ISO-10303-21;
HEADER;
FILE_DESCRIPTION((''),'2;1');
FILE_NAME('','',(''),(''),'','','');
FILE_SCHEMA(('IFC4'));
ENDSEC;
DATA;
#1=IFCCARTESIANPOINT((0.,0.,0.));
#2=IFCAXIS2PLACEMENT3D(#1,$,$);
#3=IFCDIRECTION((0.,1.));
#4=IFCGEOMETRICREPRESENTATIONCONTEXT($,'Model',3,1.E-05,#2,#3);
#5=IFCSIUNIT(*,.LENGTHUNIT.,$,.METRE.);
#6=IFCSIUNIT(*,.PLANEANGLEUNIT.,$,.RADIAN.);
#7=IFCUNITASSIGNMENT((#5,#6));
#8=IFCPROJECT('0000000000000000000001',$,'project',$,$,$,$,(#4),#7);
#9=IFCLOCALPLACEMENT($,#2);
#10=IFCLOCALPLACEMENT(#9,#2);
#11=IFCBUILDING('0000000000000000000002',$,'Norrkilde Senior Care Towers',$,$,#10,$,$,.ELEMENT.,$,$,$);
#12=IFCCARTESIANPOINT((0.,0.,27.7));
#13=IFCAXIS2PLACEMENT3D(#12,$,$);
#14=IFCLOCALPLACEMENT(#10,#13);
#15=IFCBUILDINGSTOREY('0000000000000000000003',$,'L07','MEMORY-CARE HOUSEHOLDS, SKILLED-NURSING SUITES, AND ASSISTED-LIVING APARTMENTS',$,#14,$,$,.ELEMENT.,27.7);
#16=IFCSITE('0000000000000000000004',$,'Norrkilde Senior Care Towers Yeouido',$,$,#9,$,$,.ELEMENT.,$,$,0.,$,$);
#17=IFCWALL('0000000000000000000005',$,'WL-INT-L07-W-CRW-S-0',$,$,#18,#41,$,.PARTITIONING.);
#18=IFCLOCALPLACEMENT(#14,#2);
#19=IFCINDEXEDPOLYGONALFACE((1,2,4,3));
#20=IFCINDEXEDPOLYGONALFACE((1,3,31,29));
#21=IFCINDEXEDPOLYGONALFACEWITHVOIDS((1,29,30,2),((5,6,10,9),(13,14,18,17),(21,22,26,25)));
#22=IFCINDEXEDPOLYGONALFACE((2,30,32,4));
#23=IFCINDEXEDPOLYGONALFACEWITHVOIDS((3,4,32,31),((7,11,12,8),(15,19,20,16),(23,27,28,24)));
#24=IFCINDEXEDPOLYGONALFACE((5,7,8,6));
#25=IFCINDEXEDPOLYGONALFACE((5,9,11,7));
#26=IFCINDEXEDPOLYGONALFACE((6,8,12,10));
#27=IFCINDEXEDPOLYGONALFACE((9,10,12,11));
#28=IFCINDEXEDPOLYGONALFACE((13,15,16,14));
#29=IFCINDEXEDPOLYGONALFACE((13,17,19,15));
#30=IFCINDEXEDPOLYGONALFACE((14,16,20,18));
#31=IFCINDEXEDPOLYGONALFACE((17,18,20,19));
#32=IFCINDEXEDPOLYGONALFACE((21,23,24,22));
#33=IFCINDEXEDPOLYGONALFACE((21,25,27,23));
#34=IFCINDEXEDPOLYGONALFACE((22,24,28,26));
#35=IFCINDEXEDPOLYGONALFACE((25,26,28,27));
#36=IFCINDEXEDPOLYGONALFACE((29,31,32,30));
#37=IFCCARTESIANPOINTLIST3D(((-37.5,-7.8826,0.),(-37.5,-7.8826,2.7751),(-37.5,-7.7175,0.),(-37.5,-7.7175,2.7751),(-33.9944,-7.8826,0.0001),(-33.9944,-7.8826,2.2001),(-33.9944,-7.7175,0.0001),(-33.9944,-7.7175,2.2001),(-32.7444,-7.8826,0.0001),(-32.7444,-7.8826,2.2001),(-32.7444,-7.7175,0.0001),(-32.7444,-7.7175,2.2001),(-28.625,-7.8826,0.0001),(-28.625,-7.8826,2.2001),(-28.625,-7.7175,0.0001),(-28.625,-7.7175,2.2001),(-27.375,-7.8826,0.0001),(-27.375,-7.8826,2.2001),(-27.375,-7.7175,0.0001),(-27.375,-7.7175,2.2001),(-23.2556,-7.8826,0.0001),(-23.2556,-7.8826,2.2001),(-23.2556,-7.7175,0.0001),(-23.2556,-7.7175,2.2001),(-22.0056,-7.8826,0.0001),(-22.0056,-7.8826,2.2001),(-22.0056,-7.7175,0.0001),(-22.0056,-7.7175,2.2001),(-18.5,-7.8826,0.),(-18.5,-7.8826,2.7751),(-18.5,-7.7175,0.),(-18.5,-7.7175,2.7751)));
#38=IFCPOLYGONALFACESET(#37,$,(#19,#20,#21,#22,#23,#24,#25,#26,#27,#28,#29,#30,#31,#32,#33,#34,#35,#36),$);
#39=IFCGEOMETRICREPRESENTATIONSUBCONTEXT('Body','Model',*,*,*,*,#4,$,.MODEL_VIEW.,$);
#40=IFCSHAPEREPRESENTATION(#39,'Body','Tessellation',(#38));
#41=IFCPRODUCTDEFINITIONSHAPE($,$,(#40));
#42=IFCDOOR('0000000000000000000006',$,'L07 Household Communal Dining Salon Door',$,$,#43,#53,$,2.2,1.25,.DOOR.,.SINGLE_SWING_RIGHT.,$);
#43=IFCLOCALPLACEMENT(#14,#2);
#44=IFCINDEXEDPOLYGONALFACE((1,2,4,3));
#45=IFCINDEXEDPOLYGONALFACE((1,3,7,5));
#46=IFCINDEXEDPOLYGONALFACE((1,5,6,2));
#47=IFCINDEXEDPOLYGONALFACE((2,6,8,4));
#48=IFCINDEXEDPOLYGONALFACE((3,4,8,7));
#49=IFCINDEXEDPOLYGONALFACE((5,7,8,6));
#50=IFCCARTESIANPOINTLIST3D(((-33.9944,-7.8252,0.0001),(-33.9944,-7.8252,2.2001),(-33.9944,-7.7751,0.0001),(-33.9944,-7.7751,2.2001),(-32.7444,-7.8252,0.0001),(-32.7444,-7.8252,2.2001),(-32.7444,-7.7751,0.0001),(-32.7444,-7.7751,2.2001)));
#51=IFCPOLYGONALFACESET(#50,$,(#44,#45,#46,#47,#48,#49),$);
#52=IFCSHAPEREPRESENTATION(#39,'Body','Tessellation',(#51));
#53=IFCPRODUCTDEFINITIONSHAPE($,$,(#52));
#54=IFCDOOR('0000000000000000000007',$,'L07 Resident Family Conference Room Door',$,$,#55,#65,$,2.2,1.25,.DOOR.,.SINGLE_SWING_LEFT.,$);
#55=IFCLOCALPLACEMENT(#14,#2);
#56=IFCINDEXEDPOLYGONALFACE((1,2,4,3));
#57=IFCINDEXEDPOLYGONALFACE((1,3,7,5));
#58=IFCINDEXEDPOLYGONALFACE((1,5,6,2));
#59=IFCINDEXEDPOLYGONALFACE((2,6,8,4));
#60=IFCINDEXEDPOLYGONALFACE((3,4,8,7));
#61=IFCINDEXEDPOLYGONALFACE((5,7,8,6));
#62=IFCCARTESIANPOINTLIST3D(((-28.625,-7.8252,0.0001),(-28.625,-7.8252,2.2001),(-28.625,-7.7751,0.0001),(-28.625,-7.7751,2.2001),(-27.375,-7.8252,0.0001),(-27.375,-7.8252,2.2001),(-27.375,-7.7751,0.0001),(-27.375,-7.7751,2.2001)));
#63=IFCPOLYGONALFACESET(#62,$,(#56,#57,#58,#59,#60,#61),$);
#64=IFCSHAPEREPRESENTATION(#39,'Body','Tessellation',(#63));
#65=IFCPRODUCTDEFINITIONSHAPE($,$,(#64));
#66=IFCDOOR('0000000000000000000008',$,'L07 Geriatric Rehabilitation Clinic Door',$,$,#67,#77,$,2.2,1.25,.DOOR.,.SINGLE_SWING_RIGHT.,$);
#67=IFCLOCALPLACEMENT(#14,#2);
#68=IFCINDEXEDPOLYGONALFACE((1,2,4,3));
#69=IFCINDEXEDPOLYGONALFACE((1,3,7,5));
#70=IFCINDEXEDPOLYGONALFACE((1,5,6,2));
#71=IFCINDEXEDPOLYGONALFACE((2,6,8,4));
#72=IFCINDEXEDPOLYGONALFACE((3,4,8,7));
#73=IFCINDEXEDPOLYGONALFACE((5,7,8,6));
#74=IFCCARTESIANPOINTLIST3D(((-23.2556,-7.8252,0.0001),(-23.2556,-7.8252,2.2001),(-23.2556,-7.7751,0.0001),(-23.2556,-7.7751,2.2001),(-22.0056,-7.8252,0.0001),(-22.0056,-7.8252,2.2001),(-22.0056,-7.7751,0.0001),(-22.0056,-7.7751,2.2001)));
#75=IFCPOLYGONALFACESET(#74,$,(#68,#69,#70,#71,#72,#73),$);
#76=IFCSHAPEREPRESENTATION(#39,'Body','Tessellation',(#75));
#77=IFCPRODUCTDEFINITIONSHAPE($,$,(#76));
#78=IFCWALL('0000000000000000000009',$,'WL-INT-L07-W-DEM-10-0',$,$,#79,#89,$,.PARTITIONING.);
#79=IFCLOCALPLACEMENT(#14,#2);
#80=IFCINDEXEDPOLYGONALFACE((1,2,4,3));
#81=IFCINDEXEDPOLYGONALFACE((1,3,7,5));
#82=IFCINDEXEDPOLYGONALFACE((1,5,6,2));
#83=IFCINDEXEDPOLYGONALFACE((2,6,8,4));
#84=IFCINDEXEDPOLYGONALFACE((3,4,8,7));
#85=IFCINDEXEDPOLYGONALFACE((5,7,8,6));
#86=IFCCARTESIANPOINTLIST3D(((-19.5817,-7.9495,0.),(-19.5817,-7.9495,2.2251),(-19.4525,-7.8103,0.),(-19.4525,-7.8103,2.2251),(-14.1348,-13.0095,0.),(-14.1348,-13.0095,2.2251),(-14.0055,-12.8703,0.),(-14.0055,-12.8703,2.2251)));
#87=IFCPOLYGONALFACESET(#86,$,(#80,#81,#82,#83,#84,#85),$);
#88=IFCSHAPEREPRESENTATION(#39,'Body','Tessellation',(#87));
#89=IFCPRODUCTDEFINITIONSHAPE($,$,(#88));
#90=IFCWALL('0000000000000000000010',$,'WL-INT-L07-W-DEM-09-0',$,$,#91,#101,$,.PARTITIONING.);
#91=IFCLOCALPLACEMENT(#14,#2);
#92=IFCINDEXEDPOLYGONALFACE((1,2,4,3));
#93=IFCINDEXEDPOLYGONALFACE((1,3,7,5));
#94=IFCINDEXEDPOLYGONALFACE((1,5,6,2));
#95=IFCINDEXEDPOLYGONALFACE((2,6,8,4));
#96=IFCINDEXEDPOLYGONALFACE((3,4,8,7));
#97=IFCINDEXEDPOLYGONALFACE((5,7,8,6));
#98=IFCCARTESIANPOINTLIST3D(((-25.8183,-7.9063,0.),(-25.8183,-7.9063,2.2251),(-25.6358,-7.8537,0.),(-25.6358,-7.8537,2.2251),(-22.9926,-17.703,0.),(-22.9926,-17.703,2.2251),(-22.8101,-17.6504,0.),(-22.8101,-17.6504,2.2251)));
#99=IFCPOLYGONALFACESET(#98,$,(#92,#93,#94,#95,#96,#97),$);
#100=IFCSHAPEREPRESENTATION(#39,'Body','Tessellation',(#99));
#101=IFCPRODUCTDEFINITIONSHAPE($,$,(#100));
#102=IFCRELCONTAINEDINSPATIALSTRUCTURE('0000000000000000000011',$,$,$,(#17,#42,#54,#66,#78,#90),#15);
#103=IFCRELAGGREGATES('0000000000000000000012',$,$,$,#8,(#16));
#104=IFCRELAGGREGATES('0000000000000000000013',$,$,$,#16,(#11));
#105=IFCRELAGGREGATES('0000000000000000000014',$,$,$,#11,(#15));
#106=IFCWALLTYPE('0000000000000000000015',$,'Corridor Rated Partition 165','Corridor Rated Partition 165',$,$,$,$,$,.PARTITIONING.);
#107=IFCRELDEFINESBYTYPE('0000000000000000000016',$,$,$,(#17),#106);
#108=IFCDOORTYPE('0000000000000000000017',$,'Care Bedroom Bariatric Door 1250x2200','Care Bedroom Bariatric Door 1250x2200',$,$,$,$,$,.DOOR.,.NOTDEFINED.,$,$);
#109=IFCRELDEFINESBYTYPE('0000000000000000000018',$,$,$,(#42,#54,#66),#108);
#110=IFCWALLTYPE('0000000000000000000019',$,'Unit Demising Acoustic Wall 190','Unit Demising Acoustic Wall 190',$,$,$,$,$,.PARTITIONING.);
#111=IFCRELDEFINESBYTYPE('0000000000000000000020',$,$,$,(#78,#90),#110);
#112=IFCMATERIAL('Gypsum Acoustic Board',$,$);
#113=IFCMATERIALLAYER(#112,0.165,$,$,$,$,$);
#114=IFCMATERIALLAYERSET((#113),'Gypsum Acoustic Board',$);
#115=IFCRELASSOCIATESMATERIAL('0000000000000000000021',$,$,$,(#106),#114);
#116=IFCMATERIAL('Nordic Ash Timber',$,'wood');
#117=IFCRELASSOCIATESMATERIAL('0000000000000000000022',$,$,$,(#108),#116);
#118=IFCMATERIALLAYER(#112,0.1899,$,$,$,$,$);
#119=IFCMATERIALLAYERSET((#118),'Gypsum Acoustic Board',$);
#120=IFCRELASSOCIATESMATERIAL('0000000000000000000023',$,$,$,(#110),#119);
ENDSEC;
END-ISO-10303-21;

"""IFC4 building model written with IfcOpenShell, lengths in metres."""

from ifc_helpers import new_model, si_unit, direction, frame, frame_2d, origin, place, context, subcontext, project, spatial, rectangle, extrude, source, transform, mapped, material, layer, layer_set, type_object, type_shapes, element, fill, save


model = new_model("IFC4")

# Units and contexts
model_context = context("Model", 3, precision=1e-05, world=origin(), true_north=direction((0.0, 1.0)))
body_context = subcontext(model_context, "Body", "Model", "MODEL_VIEW")
ifc_project = project(units=[si_unit("LENGTHUNIT", "METRE"), si_unit("PLANEANGLEUNIT", "RADIAN")], contexts=[model_context])

# Site, building, storey
site_placement = place(None, origin())
site = spatial("IfcSite", under=ifc_project, at=site_placement, Name="Norrkilde Senior Care Towers Yeouido", CompositionType="ELEMENT", RefElevation=0.0)
building_placement = place(site_placement, origin())
building = spatial("IfcBuilding", under=site, at=building_placement, Name="Norrkilde Senior Care Towers", CompositionType="ELEMENT")
storey_placement = place(building_placement, frame((0.0, 0.0, 27.7)))
storey = spatial("IfcBuildingStorey", under=building, at=storey_placement, Name="L07", Description="MEMORY-CARE HOUSEHOLDS, SKILLED-NURSING SUITES, AND ASSISTED-LIVING APARTMENTS", CompositionType="ELEMENT", Elevation=27.7)

# Shared definitions
ifc_material_1 = material(Name="Gypsum Acoustic Board")
ifc_layer_1 = layer(ifc_material_1, 0.165)
ifc_layer_set_1 = layer_set([ifc_layer_1], Name="Gypsum Acoustic Board")
wall_type_1 = type_object("IfcWallType", Name="Corridor Rated Partition 165", Description="Corridor Rated Partition 165", PredefinedType="PARTITIONING", material=ifc_layer_set_1)

# Wall, openings, doors
shared_shape_1 = source(origin(), body_context, "Body", "SweptSolid", [
    extrude(rectangle(XDim=19.0, YDim=0.165, at=frame_2d((9.5, 0.0))), origin(), (0.0, 0.0, 1.0), 2.7751),
])
wall_1_placement = place(storey_placement, frame((-18.5, -7.8, 0.0), z_axis=(0.0, 0.0, 1.0), x_axis=(-1.0, 0.0, 0.0)))
wall_1 = element("IfcWall", 1, at=wall_1_placement, inside=storey, type_object=wall_type_1, Name="WL-INT-L07-W-CRW-S-0", PredefinedType="PARTITIONING", context=body_context, shape_type="MappedRepresentation", body=[
    mapped(shared_shape_1, transform((0.0, 0.0, 0.0), x_axis=(1.0, 0.0, 0.0), y_axis=(0.0, 1.0, 0.0), z_axis=(0.0, 0.0, 1.0), scale=1.0)),
])
opening_1_placement = place(wall_1_placement, frame((14.2444, 0.0, 0.0)))
opening_1 = element("IfcOpeningElement", 2, at=opening_1_placement, cuts=wall_1, PredefinedType="OPENING", context=body_context, shape_type="SweptSolid", body=[
    extrude(rectangle(XDim=1.25, YDim=2.2, at=frame_2d((0.625, 1.1001))), frame((0.0, 0.0925, 0.0), z_axis=(0.0, -1.0, 0.0), x_axis=(1.0, 0.0, 0.0)), (0.0, 0.0, 1.0), 0.1851),
])
opening_2_placement = place(wall_1_placement, frame((8.875, 0.0, 0.0)))
opening_2 = element("IfcOpeningElement", 3, at=opening_2_placement, cuts=wall_1, PredefinedType="OPENING", context=body_context, shape_type="SweptSolid", body=[
    extrude(rectangle(XDim=1.25, YDim=2.2, at=frame_2d((0.625, 1.1001))), frame((0.0, 0.0925, 0.0), z_axis=(0.0, -1.0, 0.0), x_axis=(1.0, 0.0, 0.0)), (0.0, 0.0, 1.0), 0.1851),
])
opening_3_placement = place(wall_1_placement, frame((3.5056, 0.0, 0.0)))
opening_3 = element("IfcOpeningElement", 4, at=opening_3_placement, cuts=wall_1, PredefinedType="OPENING", context=body_context, shape_type="SweptSolid", body=[
    extrude(rectangle(XDim=1.25, YDim=2.2, at=frame_2d((0.625, 1.1001))), frame((0.0, 0.0925, 0.0), z_axis=(0.0, -1.0, 0.0), x_axis=(1.0, 0.0, 0.0)), (0.0, 0.0, 1.0), 0.1851),
])
ifc_material_2 = material(Name="Nordic Ash Timber", Category="wood")
door_type_1 = type_object("IfcDoorType", Name="Care Bedroom Bariatric Door 1250x2200", Description="Care Bedroom Bariatric Door 1250x2200", OperationType="NOTDEFINED", PredefinedType="DOOR", material=ifc_material_2)
shared_shape_2 = source(origin(), body_context, "Body", "SweptSolid", [
    extrude(rectangle(XDim=1.25, YDim=2.2, at=frame_2d((0.625, 1.1001))), frame((0.0, 0.0249, 0.0), z_axis=(0.0, -1.0, 0.0), x_axis=(1.0, 0.0, 0.0)), (0.0, 0.0, 1.0), 0.05),
])
type_shapes(door_type_1, [shared_shape_2])
door_1_placement = place(opening_1_placement, frame((1.25, 0.0, 0.0), z_axis=(0.0, 0.0, 1.0), x_axis=(-1.0, 0.0, 0.0)))
door_1 = element("IfcDoor", 5, at=door_1_placement, inside=storey, type_object=door_type_1, Name="L07 Household Communal Dining Salon Door", OperationType="SINGLE_SWING_RIGHT", OverallHeight=2.2, OverallWidth=1.25, PredefinedType="DOOR", context=body_context, shape_type="MappedRepresentation", body=[
    mapped(shared_shape_2, transform((0.0, 0.0, 0.0), x_axis=(1.0, 0.0, 0.0), y_axis=(0.0, 1.0, 0.0), z_axis=(0.0, 0.0, 1.0), scale=1.0)),
])
fill(opening_1, door_1)
door_2_placement = place(opening_2_placement, frame((1.25, 0.0, 0.0), z_axis=(0.0, 0.0, 1.0), x_axis=(-1.0, 0.0, 0.0)))
door_2 = element("IfcDoor", 6, at=door_2_placement, inside=storey, type_object=door_type_1, Name="L07 Resident Family Conference Room Door", OperationType="SINGLE_SWING_LEFT", OverallHeight=2.2, OverallWidth=1.25, PredefinedType="DOOR", context=body_context, shape_type="MappedRepresentation", body=[
    mapped(shared_shape_2, transform((0.0, 0.0, 0.0), x_axis=(1.0, 0.0, 0.0), y_axis=(0.0, 1.0, 0.0), z_axis=(0.0, 0.0, 1.0), scale=1.0)),
])
fill(opening_2, door_2)
door_3_placement = place(opening_3_placement, frame((1.25, 0.0, 0.0), z_axis=(0.0, 0.0, 1.0), x_axis=(-1.0, 0.0, 0.0)))
door_3 = element("IfcDoor", 7, at=door_3_placement, inside=storey, type_object=door_type_1, Name="L07 Geriatric Rehabilitation Clinic Door", OperationType="SINGLE_SWING_RIGHT", OverallHeight=2.2, OverallWidth=1.25, PredefinedType="DOOR", context=body_context, shape_type="MappedRepresentation", body=[
    mapped(shared_shape_2, transform((0.0, 0.0, 0.0), x_axis=(1.0, 0.0, 0.0), y_axis=(0.0, 1.0, 0.0), z_axis=(0.0, 0.0, 1.0), scale=1.0)),
])
fill(opening_3, door_3)

# Walls
ifc_layer_2 = layer(ifc_material_1, 0.1899)
ifc_layer_set_2 = layer_set([ifc_layer_2], Name="Gypsum Acoustic Board")
wall_type_2 = type_object("IfcWallType", Name="Unit Demising Acoustic Wall 190", Description="Unit Demising Acoustic Wall 190", PredefinedType="PARTITIONING", material=ifc_layer_set_2)
shared_shape_3 = source(origin(), body_context, "Body", "SweptSolid", [
    extrude(rectangle(XDim=7.4346, YDim=0.1899, at=frame_2d((3.7173, 0.0))), origin(), (0.0, 0.0, 1.0), 2.2251),
])
wall_2_placement = place(storey_placement, frame((-19.5171, -7.8799, 0.0), z_axis=(0.0, 0.0, 1.0), x_axis=(0.732652, -0.680603, 0.0)))
element("IfcWall", 8, at=wall_2_placement, inside=storey, type_object=wall_type_2, Name="WL-INT-L07-W-DEM-10-0", PredefinedType="PARTITIONING", context=body_context, shape_type="MappedRepresentation", body=[
    mapped(shared_shape_3, transform((0.0, 0.0, 0.0), x_axis=(1.0, 0.0, 0.0), y_axis=(0.0, 1.0, 0.0), z_axis=(0.0, 0.0, 1.0), scale=1.0)),
])
shared_shape_4 = source(origin(), body_context, "Body", "SweptSolid", [
    extrude(rectangle(XDim=10.196, YDim=0.1899, at=frame_2d((5.0981, 0.0))), origin(), (0.0, 0.0, 1.0), 2.2251),
])
type_shapes(wall_type_2, [shared_shape_3, shared_shape_4])
wall_3_placement = place(storey_placement, frame((-25.7271, -7.8799, 0.0), z_axis=(0.0, 0.0, 1.0), x_axis=(0.277136, -0.960831, 0.0)))
element("IfcWall", 9, at=wall_3_placement, inside=storey, type_object=wall_type_2, Name="WL-INT-L07-W-DEM-09-0", PredefinedType="PARTITIONING", context=body_context, shape_type="MappedRepresentation", body=[
    mapped(shared_shape_4, transform((0.0, 0.0, 0.0), x_axis=(1.0, 0.0, 0.0), y_axis=(0.0, 1.0, 0.0), z_axis=(0.0, 0.0, 1.0), scale=1.0)),
])

save(model, "model.ifc")
